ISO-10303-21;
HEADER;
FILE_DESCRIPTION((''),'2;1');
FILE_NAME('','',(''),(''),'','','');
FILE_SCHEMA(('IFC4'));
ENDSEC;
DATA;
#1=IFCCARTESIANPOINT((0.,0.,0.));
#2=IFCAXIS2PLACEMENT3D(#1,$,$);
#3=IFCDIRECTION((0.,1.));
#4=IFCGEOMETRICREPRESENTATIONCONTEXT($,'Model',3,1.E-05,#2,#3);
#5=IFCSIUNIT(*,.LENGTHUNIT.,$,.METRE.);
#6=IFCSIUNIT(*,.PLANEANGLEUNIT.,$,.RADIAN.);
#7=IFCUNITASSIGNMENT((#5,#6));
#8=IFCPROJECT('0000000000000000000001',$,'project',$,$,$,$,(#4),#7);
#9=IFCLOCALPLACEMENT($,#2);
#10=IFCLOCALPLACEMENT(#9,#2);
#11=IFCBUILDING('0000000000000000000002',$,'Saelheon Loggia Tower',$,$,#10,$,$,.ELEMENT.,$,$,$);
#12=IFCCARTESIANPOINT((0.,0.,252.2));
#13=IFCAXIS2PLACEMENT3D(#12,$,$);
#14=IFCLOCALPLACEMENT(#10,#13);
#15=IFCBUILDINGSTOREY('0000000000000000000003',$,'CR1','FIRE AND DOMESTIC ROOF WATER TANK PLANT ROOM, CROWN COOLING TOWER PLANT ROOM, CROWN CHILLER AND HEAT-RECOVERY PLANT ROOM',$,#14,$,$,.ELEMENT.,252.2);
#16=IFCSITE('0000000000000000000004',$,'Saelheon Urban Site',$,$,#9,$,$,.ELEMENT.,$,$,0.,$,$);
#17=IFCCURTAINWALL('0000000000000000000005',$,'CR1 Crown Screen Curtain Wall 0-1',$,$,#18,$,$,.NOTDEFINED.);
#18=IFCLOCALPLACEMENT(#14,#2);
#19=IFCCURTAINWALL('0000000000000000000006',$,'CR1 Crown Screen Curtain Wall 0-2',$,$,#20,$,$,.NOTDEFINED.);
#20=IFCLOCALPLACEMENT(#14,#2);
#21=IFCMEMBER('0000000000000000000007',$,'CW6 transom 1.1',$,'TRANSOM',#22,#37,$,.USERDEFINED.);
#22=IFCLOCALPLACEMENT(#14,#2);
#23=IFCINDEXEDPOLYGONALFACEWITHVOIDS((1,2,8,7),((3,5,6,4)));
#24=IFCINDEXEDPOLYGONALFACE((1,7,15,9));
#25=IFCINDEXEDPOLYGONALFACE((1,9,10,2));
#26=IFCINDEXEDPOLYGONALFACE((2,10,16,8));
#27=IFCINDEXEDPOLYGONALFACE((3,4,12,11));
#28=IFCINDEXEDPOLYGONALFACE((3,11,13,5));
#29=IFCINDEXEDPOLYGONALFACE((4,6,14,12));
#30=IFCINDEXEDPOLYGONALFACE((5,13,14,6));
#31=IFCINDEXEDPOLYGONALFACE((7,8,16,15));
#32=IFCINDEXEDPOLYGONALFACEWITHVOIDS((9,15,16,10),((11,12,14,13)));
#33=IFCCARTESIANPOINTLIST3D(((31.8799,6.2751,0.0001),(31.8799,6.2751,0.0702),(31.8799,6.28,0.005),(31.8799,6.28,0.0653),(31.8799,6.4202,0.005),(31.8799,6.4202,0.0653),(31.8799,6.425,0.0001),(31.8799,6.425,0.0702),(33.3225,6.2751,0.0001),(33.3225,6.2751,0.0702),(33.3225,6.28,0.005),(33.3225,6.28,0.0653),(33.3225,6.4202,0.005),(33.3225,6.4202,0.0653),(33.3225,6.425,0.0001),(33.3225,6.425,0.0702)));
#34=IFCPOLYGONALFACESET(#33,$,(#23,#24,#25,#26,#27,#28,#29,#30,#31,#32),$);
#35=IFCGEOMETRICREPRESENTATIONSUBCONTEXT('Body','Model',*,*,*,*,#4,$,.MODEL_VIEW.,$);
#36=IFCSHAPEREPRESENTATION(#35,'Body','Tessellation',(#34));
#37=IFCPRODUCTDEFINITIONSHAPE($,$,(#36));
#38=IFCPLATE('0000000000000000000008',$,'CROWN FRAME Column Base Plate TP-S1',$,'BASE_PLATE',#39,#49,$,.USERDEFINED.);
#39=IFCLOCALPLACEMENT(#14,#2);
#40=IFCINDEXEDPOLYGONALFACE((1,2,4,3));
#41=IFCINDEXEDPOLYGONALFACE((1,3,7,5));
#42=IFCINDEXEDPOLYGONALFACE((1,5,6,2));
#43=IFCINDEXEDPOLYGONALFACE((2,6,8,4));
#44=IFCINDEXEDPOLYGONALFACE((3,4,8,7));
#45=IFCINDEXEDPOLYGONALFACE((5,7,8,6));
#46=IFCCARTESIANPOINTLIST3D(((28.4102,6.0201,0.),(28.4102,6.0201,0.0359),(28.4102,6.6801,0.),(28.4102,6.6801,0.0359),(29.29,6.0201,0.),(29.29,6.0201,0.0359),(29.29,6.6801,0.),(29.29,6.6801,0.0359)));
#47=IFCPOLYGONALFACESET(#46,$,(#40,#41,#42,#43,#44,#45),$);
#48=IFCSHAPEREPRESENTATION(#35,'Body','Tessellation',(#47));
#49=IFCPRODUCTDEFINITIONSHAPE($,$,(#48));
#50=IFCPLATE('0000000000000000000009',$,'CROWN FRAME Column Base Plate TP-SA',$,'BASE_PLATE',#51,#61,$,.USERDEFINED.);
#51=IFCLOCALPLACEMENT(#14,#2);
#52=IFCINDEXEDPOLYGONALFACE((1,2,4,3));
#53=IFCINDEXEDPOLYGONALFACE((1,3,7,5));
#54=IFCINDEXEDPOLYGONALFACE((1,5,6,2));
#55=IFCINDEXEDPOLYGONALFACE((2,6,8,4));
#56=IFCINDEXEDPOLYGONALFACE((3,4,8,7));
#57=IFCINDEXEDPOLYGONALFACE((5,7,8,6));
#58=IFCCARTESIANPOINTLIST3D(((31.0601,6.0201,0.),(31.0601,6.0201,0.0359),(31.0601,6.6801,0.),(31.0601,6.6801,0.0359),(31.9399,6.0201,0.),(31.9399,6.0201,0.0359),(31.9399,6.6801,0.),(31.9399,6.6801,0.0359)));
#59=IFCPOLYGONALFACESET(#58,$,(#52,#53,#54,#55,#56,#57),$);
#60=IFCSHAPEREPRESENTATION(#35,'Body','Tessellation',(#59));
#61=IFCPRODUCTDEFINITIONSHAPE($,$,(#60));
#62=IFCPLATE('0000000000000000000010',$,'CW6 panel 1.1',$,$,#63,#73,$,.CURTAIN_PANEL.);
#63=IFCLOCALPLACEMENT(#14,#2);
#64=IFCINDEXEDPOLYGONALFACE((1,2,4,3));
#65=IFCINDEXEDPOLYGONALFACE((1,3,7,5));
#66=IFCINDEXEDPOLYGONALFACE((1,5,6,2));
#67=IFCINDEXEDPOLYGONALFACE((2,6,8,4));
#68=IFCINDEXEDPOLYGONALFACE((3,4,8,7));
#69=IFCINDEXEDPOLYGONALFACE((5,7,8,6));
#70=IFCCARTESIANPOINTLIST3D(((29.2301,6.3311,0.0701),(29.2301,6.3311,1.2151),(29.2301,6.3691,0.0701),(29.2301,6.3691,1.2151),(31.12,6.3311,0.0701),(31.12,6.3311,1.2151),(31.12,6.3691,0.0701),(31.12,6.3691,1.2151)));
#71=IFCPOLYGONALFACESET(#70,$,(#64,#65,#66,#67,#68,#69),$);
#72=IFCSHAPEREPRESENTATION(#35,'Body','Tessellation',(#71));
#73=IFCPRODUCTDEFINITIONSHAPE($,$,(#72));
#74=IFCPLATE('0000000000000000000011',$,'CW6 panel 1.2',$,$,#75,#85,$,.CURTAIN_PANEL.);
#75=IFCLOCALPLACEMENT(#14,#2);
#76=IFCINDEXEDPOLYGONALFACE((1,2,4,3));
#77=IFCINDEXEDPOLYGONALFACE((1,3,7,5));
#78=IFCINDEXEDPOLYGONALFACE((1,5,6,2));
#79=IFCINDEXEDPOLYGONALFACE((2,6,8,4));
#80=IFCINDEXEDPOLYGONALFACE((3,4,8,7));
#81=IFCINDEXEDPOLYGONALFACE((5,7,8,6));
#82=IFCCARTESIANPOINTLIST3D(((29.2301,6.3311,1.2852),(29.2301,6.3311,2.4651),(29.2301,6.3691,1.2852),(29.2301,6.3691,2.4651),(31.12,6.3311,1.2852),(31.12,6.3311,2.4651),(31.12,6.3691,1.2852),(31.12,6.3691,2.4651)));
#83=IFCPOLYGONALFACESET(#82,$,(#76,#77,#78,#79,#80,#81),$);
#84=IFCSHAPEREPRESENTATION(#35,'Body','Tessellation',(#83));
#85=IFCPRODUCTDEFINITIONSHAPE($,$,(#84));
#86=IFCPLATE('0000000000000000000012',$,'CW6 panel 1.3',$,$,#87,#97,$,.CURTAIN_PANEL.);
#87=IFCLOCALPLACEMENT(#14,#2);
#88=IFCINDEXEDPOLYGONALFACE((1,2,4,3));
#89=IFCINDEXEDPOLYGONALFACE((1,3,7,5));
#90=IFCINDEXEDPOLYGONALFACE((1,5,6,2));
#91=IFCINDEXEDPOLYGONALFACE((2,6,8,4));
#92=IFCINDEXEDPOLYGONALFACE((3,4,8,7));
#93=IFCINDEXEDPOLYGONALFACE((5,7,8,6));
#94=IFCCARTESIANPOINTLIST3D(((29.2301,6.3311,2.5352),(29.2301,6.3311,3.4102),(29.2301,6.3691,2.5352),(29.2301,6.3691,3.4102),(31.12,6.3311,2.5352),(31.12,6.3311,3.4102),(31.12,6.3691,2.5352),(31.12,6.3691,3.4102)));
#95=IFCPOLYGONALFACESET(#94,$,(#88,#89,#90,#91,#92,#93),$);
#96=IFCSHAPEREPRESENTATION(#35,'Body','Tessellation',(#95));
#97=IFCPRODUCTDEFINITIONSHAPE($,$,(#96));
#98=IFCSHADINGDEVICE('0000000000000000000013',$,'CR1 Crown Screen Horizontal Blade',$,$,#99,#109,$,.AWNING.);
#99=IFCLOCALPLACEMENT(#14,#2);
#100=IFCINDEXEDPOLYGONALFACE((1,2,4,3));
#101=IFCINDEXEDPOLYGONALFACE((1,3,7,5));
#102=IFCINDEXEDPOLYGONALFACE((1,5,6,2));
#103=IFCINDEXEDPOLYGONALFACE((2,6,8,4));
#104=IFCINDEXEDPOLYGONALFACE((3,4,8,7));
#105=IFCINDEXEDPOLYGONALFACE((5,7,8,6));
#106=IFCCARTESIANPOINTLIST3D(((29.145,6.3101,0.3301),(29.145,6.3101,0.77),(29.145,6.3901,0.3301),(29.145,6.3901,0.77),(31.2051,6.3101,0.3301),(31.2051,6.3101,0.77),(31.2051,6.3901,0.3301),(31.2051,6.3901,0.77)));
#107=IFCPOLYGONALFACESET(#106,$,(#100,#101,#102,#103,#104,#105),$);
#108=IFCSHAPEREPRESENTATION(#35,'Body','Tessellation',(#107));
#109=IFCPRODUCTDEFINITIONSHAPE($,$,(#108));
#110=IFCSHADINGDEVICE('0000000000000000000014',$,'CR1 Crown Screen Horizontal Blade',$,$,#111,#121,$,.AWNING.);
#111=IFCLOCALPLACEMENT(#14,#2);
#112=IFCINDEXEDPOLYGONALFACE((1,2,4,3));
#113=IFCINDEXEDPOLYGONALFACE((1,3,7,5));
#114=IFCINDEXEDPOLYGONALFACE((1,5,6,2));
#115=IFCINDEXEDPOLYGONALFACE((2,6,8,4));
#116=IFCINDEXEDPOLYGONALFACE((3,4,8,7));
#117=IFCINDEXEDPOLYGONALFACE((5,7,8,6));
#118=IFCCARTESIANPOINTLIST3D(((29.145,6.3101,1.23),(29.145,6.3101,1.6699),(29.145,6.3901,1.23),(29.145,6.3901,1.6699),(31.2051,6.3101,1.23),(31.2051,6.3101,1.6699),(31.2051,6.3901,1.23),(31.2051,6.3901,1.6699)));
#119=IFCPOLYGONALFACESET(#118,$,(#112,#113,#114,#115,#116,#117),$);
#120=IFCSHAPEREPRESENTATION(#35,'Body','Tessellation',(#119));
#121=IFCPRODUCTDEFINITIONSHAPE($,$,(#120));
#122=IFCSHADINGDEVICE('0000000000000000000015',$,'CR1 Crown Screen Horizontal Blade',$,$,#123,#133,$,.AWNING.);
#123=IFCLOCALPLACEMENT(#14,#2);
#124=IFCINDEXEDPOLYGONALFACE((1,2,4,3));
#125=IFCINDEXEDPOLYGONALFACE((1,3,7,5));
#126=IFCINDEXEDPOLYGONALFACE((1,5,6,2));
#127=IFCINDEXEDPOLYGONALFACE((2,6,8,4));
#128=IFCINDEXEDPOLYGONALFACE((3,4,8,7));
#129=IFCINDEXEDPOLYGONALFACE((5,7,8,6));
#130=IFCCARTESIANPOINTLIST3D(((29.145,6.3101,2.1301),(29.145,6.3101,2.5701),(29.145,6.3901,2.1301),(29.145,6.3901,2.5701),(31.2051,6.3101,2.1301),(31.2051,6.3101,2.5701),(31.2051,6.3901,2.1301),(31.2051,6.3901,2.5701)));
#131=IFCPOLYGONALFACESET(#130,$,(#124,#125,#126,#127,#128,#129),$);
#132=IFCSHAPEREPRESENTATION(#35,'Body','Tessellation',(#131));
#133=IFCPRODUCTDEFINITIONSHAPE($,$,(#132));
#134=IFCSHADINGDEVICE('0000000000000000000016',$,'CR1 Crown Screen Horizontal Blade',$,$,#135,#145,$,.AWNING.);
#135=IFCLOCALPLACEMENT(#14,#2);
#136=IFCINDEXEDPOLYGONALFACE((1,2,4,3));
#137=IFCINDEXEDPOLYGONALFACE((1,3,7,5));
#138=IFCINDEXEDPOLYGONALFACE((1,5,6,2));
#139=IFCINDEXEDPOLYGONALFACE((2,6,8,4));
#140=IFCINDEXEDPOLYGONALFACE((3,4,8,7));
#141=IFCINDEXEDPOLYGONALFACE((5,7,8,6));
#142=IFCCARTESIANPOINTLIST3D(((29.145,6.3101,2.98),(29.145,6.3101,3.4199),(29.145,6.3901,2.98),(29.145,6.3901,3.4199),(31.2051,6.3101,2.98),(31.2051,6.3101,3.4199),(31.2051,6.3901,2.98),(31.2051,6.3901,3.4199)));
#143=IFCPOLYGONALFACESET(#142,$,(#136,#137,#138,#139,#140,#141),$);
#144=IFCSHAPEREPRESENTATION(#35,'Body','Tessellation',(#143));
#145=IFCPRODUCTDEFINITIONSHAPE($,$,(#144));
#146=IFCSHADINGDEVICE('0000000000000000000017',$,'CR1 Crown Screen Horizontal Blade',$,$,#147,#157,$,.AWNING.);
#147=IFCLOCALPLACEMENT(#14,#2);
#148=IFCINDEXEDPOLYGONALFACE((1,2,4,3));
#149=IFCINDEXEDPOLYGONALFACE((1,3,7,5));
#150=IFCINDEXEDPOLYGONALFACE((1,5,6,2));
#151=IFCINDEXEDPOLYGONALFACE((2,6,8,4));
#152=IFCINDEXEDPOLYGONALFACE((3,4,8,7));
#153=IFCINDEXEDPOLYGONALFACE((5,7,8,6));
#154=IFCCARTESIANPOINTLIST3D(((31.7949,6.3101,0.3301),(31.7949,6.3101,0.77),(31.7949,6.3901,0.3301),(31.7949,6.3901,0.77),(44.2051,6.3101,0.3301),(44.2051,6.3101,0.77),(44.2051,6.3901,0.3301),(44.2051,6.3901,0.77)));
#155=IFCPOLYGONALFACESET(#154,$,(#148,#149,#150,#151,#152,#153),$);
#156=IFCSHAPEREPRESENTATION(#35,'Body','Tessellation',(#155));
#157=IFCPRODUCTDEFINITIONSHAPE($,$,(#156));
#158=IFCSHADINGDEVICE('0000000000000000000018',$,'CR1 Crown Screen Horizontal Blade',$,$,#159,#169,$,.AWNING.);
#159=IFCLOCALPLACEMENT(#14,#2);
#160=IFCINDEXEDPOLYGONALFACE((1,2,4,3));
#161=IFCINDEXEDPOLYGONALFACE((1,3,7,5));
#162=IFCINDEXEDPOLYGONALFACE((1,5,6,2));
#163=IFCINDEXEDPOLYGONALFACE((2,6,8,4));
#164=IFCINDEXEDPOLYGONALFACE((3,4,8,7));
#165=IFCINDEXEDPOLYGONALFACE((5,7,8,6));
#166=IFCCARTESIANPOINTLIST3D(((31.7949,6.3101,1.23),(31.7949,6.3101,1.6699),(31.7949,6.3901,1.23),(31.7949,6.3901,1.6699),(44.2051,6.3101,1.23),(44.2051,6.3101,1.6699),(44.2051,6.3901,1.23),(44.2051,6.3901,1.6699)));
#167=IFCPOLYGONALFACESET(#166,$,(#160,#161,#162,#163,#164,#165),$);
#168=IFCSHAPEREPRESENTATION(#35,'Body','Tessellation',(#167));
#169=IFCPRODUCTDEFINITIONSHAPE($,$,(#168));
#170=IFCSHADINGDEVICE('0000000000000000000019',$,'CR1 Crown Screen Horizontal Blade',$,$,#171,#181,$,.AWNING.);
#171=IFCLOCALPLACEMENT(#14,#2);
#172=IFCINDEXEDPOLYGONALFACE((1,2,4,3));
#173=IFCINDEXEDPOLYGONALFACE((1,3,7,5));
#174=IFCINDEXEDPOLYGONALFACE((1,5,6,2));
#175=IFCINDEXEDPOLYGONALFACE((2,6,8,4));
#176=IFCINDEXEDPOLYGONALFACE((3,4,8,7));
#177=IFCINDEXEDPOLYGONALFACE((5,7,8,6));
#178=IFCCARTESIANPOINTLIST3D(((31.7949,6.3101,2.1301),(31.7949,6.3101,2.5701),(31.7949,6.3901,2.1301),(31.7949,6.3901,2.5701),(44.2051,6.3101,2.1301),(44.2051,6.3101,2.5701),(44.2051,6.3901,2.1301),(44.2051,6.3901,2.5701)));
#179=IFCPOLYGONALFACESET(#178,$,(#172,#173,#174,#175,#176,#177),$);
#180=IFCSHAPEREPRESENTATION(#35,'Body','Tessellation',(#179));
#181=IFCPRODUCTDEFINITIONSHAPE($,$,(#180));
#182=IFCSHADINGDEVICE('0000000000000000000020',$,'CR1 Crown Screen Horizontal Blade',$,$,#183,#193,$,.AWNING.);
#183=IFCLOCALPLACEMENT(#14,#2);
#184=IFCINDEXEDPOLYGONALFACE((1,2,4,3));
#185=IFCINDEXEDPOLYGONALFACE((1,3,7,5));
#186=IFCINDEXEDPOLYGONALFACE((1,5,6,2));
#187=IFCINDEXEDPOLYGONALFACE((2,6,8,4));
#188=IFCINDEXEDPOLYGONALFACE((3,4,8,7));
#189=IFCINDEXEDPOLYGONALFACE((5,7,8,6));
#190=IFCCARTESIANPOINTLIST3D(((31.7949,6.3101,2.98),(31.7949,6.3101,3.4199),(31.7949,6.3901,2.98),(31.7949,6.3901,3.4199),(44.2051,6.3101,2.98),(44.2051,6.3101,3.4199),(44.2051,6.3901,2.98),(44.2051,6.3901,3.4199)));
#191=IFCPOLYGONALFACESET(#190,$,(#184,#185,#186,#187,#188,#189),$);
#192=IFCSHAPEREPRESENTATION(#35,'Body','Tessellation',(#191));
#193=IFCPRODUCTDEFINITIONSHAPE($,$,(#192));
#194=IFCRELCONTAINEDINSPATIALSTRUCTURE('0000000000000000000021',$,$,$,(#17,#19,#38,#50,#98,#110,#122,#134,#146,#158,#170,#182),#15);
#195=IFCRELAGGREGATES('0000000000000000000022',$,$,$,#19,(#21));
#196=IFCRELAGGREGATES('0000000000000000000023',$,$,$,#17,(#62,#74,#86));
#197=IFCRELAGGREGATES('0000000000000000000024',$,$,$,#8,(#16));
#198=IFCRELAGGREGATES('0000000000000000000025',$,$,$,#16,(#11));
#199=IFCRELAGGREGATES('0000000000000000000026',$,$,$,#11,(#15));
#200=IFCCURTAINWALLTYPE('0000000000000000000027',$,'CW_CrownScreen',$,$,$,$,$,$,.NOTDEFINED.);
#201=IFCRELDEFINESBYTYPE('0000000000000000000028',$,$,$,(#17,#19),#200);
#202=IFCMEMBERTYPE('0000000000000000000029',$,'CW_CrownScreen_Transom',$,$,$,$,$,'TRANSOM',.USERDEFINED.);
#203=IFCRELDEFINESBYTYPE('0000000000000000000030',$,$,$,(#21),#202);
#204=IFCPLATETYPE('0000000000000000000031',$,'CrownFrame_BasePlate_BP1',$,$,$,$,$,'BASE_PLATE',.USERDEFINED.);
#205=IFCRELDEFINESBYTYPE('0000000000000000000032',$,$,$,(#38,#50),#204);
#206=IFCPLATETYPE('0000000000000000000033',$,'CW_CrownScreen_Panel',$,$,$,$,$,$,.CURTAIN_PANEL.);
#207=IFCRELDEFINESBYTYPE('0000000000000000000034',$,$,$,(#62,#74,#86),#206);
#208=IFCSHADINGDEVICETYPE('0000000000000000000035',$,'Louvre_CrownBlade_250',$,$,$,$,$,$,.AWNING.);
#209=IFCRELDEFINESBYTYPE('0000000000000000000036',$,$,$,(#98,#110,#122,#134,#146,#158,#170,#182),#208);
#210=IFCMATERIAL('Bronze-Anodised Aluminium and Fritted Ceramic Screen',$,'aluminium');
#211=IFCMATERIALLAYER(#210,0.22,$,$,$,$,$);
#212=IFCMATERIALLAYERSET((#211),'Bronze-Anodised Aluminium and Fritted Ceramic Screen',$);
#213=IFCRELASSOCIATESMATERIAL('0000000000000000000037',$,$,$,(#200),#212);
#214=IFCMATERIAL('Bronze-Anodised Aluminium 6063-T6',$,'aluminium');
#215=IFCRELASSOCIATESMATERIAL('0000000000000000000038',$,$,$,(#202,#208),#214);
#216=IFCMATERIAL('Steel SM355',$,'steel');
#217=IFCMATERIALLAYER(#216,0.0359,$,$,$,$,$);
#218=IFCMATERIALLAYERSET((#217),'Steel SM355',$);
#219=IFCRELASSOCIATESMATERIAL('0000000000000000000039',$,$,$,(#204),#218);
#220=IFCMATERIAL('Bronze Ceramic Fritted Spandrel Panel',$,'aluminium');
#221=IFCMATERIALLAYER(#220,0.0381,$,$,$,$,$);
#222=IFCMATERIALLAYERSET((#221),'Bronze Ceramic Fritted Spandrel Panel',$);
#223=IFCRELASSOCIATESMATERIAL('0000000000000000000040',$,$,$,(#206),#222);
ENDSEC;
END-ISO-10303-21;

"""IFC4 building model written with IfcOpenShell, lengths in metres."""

from ifc_helpers import new_model, si_unit, direction, frame, origin, origin_2d, place, context, subcontext, project, spatial, rectangle, hollow_rectangle, extrude, source, transform, mapped, material, layer, layer_set, material_profile, profile_set, type_object, element, aggregate, save


model = new_model("IFC4")

# Units and contexts
model_context = context("Model", 3, precision=1e-05, world=origin(), true_north=direction((0.0, 1.0)))
body_context = subcontext(model_context, "Body", "Model", "MODEL_VIEW")
ifc_project = project(units=[si_unit("LENGTHUNIT", "METRE"), si_unit("PLANEANGLEUNIT", "RADIAN")], contexts=[model_context])

# Site, building, storey
site_placement = place(None, origin())
site = spatial("IfcSite", under=ifc_project, at=site_placement, Name="Saelheon Urban Site", CompositionType="ELEMENT", RefElevation=0.0)
building_placement = place(site_placement, origin())
building = spatial("IfcBuilding", under=site, at=building_placement, Name="Saelheon Loggia Tower", CompositionType="ELEMENT")
storey_placement = place(building_placement, frame((0.0, 0.0, 252.2)))
storey = spatial("IfcBuildingStorey", under=building, at=storey_placement, Name="CR1", Description="FIRE AND DOMESTIC ROOF WATER TANK PLANT ROOM, CROWN COOLING TOWER PLANT ROOM, CROWN CHILLER AND HEAT-RECOVERY PLANT ROOM", CompositionType="ELEMENT", Elevation=252.2)

# Curtain wall
ifc_material_1 = material(Name="Bronze-Anodised Aluminium and Fritted Ceramic Screen", Category="aluminium")
ifc_layer_1 = layer(ifc_material_1, 0.22)
ifc_layer_set_1 = layer_set([ifc_layer_1], Name="Bronze-Anodised Aluminium and Fritted Ceramic Screen")
curtain_wall_type = type_object("IfcCurtainWallType", Name="CW_CrownScreen", PredefinedType="NOTDEFINED", material=ifc_layer_set_1)
curtain_wall_1_placement = place(storey_placement, origin())
curtain_wall_1 = element("IfcCurtainWall", 1, at=curtain_wall_1_placement, inside=storey, type_object=curtain_wall_type, Name="CR1 Crown Screen Curtain Wall 0-1", PredefinedType="NOTDEFINED")
ifc_material_2 = material(Name="Bronze-Anodised Aluminium 6063-T6", Category="aluminium")

# Curtain wall
curtain_wall_2_placement = place(storey_placement, origin())
curtain_wall_2 = element("IfcCurtainWall", 2, at=curtain_wall_2_placement, inside=storey, type_object=curtain_wall_type, Name="CR1 Crown Screen Curtain Wall 0-2", PredefinedType="NOTDEFINED")

# Member
ifc_material_profile_1 = material_profile(ifc_material_2, hollow_rectangle(XDim=0.0701, YDim=0.1499, WallThickness=0.0049, at=origin_2d()), Name="RHS-150x70x5")
ifc_profile_set_1 = profile_set([ifc_material_profile_1], Name="Bronze-Anodised Aluminium 6063-T6")
member_type_1 = type_object("IfcMemberType", Name="CW_CrownScreen_Transom", ElementType="TRANSOM", PredefinedType="USERDEFINED", material=ifc_profile_set_1)
shared_shape_1 = source(origin(), body_context, "Body", "SweptSolid", [
    extrude(hollow_rectangle(XDim=0.0701, YDim=0.1499, WallThickness=0.0049, at=origin_2d()), origin(), (0.0, 0.0, 1.0), 1.4426),
])
member_1_placement = place(storey_placement, frame((31.8799, 6.3501, 0.0352), z_axis=(1.0, 0.0, 0.0), x_axis=(0.0, 0.0, 1.0)))
member_1 = element("IfcMember", 3, at=member_1_placement, type_object=member_type_1, Name="CW6 transom 1.1", ObjectType="TRANSOM", PredefinedType="USERDEFINED", context=body_context, shape_type="MappedRepresentation", body=[
    mapped(shared_shape_1, transform((0.0, 0.0, 0.0), scale=1.0)),
])
aggregate(curtain_wall_2, [member_1])

# Plates
ifc_material_3 = material(Name="Steel SM355", Category="steel")
ifc_layer_2 = layer(ifc_material_3, 0.0359)
ifc_layer_set_2 = layer_set([ifc_layer_2], Name="Steel SM355")
plate_type_1 = type_object("IfcPlateType", Name="CrownFrame_BasePlate_BP1", ElementType="BASE_PLATE", PredefinedType="USERDEFINED", material=ifc_layer_set_2)
shared_shape_2 = source(origin(), body_context, "Body", "SweptSolid", [
    extrude(rectangle(XDim=0.8799, YDim=0.6599, at=origin_2d()), origin(), (0.0, 0.0, 1.0), 0.0359),
])
for number, where, z_axis, x_axis, name in (
    (4, (28.8501, 6.3501, 0.0), (0.0, 0.0, 1.0), (1.0, 0.0, 0.0), "CROWN FRAME Column Base Plate TP-S1"),
    (5, (31.5, 6.3501, 0.0), (0.0, 0.0, 1.0), (1.0, 0.0, 0.0), "CROWN FRAME Column Base Plate TP-SA"),
):
    element("IfcPlate", number, at=place(storey_placement, frame(where, z_axis=z_axis, x_axis=x_axis)), inside=storey, type_object=plate_type_1, Name=name, ObjectType="BASE_PLATE", PredefinedType="USERDEFINED", context=body_context, shape_type="MappedRepresentation", body=[
        mapped(shared_shape_2, transform((0.0, 0.0, 0.0), scale=1.0)),
    ])

# Plates
ifc_material_4 = material(Name="Bronze Ceramic Fritted Spandrel Panel", Category="aluminium")
ifc_layer_3 = layer(ifc_material_4, 0.0381)
ifc_layer_set_3 = layer_set([ifc_layer_3], Name="Bronze Ceramic Fritted Spandrel Panel")
plate_type_2 = type_object("IfcPlateType", Name="CW_CrownScreen_Panel", PredefinedType="CURTAIN_PANEL", material=ifc_layer_set_3)
shared_shape_3 = source(origin(), body_context, "Body", "SweptSolid", [
    extrude(rectangle(XDim=1.8899, YDim=0.0381, at=origin_2d()), origin(), (0.0, 0.0, 1.0), 1.145),
])
plate_1_placement = place(storey_placement, frame((30.175, 6.3501, 0.0701), z_axis=(0.0, 0.0, 1.0), x_axis=(1.0, 0.0, 0.0)))
plate_1 = element("IfcPlate", 6, at=plate_1_placement, type_object=plate_type_2, Name="CW6 panel 1.1", PredefinedType="CURTAIN_PANEL", context=body_context, shape_type="MappedRepresentation", body=[
    mapped(shared_shape_3, transform((0.0, 0.0, 0.0), scale=1.0)),
])
shared_shape_4 = source(origin(), body_context, "Body", "SweptSolid", [
    extrude(rectangle(XDim=1.8899, YDim=0.0381, at=origin_2d()), origin(), (0.0, 0.0, 1.0), 1.1799),
])
plate_2_placement = place(storey_placement, frame((30.175, 6.3501, 1.2852), z_axis=(0.0, 0.0, 1.0), x_axis=(1.0, 0.0, 0.0)))
plate_2 = element("IfcPlate", 7, at=plate_2_placement, type_object=plate_type_2, Name="CW6 panel 1.2", PredefinedType="CURTAIN_PANEL", context=body_context, shape_type="MappedRepresentation", body=[
    mapped(shared_shape_4, transform((0.0, 0.0, 0.0), scale=1.0)),
])
shared_shape_5 = source(origin(), body_context, "Body", "SweptSolid", [
    extrude(rectangle(XDim=1.8899, YDim=0.0381, at=origin_2d()), origin(), (0.0, 0.0, 1.0), 0.875),
])
plate_3_placement = place(storey_placement, frame((30.175, 6.3501, 2.5352), z_axis=(0.0, 0.0, 1.0), x_axis=(1.0, 0.0, 0.0)))
plate_3 = element("IfcPlate", 8, at=plate_3_placement, type_object=plate_type_2, Name="CW6 panel 1.3", PredefinedType="CURTAIN_PANEL", context=body_context, shape_type="MappedRepresentation", body=[
    mapped(shared_shape_5, transform((0.0, 0.0, 0.0), scale=1.0)),
])
aggregate(curtain_wall_1, [plate_1, plate_2, plate_3])

# Shading devices
ifc_material_profile_2 = material_profile(ifc_material_2, rectangle(XDim=0.0801, YDim=0.4399, at=origin_2d()), Name="Louvre_CrownBlade_250")
ifc_profile_set_2 = profile_set([ifc_material_profile_2], Name="Bronze-Anodised Aluminium 6063-T6")
shading_device_type = type_object("IfcShadingDeviceType", Name="Louvre_CrownBlade_250", PredefinedType="AWNING", material=ifc_profile_set_2)
shared_shape_6 = source(origin(), body_context, "Body", "SweptSolid", [
    extrude(rectangle(XDim=0.0801, YDim=0.4399, at=origin_2d()), origin(), (0.0, 0.0, 1.0), 2.0601),
])
for number, where, z_axis, x_axis, name in (
    (9, (29.145, 6.3501, 0.55), (1.0, 0.0, 0.0), (0.0, 1.0, 0.0), "CR1 Crown Screen Horizontal Blade"),
    (10, (29.145, 6.3501, 1.45), (1.0, 0.0, 0.0), (0.0, 1.0, 0.0), "CR1 Crown Screen Horizontal Blade"),
    (11, (29.145, 6.3501, 2.3501), (1.0, 0.0, 0.0), (0.0, 1.0, 0.0), "CR1 Crown Screen Horizontal Blade"),
    (12, (29.145, 6.3501, 3.2), (1.0, 0.0, 0.0), (0.0, 1.0, 0.0), "CR1 Crown Screen Horizontal Blade"),
):
    element("IfcShadingDevice", number, at=place(storey_placement, frame(where, z_axis=z_axis, x_axis=x_axis)), inside=storey, type_object=shading_device_type, Name=name, PredefinedType="AWNING", context=body_context, shape_type="MappedRepresentation", body=[
        mapped(shared_shape_6, transform((0.0, 0.0, 0.0), scale=1.0)),
    ])
shared_shape_7 = source(origin(), body_context, "Body", "SweptSolid", [
    extrude(rectangle(XDim=0.0801, YDim=0.4399, at=origin_2d()), origin(), (0.0, 0.0, 1.0), 12.4102),
])
for number, where, z_axis, x_axis, name in (
    (13, (31.7949, 6.3501, 0.55), (1.0, 0.0, 0.0), (0.0, 1.0, 0.0), "CR1 Crown Screen Horizontal Blade"),
    (14, (31.7949, 6.3501, 1.45), (1.0, 0.0, 0.0), (0.0, 1.0, 0.0), "CR1 Crown Screen Horizontal Blade"),
    (15, (31.7949, 6.3501, 2.3501), (1.0, 0.0, 0.0), (0.0, 1.0, 0.0), "CR1 Crown Screen Horizontal Blade"),
    (16, (31.7949, 6.3501, 3.2), (1.0, 0.0, 0.0), (0.0, 1.0, 0.0), "CR1 Crown Screen Horizontal Blade"),
):
    element("IfcShadingDevice", number, at=place(storey_placement, frame(where, z_axis=z_axis, x_axis=x_axis)), inside=storey, type_object=shading_device_type, Name=name, PredefinedType="AWNING", context=body_context, shape_type="MappedRepresentation", body=[
        mapped(shared_shape_7, transform((0.0, 0.0, 0.0), scale=1.0)),
    ])

save(model, "model.ifc")
